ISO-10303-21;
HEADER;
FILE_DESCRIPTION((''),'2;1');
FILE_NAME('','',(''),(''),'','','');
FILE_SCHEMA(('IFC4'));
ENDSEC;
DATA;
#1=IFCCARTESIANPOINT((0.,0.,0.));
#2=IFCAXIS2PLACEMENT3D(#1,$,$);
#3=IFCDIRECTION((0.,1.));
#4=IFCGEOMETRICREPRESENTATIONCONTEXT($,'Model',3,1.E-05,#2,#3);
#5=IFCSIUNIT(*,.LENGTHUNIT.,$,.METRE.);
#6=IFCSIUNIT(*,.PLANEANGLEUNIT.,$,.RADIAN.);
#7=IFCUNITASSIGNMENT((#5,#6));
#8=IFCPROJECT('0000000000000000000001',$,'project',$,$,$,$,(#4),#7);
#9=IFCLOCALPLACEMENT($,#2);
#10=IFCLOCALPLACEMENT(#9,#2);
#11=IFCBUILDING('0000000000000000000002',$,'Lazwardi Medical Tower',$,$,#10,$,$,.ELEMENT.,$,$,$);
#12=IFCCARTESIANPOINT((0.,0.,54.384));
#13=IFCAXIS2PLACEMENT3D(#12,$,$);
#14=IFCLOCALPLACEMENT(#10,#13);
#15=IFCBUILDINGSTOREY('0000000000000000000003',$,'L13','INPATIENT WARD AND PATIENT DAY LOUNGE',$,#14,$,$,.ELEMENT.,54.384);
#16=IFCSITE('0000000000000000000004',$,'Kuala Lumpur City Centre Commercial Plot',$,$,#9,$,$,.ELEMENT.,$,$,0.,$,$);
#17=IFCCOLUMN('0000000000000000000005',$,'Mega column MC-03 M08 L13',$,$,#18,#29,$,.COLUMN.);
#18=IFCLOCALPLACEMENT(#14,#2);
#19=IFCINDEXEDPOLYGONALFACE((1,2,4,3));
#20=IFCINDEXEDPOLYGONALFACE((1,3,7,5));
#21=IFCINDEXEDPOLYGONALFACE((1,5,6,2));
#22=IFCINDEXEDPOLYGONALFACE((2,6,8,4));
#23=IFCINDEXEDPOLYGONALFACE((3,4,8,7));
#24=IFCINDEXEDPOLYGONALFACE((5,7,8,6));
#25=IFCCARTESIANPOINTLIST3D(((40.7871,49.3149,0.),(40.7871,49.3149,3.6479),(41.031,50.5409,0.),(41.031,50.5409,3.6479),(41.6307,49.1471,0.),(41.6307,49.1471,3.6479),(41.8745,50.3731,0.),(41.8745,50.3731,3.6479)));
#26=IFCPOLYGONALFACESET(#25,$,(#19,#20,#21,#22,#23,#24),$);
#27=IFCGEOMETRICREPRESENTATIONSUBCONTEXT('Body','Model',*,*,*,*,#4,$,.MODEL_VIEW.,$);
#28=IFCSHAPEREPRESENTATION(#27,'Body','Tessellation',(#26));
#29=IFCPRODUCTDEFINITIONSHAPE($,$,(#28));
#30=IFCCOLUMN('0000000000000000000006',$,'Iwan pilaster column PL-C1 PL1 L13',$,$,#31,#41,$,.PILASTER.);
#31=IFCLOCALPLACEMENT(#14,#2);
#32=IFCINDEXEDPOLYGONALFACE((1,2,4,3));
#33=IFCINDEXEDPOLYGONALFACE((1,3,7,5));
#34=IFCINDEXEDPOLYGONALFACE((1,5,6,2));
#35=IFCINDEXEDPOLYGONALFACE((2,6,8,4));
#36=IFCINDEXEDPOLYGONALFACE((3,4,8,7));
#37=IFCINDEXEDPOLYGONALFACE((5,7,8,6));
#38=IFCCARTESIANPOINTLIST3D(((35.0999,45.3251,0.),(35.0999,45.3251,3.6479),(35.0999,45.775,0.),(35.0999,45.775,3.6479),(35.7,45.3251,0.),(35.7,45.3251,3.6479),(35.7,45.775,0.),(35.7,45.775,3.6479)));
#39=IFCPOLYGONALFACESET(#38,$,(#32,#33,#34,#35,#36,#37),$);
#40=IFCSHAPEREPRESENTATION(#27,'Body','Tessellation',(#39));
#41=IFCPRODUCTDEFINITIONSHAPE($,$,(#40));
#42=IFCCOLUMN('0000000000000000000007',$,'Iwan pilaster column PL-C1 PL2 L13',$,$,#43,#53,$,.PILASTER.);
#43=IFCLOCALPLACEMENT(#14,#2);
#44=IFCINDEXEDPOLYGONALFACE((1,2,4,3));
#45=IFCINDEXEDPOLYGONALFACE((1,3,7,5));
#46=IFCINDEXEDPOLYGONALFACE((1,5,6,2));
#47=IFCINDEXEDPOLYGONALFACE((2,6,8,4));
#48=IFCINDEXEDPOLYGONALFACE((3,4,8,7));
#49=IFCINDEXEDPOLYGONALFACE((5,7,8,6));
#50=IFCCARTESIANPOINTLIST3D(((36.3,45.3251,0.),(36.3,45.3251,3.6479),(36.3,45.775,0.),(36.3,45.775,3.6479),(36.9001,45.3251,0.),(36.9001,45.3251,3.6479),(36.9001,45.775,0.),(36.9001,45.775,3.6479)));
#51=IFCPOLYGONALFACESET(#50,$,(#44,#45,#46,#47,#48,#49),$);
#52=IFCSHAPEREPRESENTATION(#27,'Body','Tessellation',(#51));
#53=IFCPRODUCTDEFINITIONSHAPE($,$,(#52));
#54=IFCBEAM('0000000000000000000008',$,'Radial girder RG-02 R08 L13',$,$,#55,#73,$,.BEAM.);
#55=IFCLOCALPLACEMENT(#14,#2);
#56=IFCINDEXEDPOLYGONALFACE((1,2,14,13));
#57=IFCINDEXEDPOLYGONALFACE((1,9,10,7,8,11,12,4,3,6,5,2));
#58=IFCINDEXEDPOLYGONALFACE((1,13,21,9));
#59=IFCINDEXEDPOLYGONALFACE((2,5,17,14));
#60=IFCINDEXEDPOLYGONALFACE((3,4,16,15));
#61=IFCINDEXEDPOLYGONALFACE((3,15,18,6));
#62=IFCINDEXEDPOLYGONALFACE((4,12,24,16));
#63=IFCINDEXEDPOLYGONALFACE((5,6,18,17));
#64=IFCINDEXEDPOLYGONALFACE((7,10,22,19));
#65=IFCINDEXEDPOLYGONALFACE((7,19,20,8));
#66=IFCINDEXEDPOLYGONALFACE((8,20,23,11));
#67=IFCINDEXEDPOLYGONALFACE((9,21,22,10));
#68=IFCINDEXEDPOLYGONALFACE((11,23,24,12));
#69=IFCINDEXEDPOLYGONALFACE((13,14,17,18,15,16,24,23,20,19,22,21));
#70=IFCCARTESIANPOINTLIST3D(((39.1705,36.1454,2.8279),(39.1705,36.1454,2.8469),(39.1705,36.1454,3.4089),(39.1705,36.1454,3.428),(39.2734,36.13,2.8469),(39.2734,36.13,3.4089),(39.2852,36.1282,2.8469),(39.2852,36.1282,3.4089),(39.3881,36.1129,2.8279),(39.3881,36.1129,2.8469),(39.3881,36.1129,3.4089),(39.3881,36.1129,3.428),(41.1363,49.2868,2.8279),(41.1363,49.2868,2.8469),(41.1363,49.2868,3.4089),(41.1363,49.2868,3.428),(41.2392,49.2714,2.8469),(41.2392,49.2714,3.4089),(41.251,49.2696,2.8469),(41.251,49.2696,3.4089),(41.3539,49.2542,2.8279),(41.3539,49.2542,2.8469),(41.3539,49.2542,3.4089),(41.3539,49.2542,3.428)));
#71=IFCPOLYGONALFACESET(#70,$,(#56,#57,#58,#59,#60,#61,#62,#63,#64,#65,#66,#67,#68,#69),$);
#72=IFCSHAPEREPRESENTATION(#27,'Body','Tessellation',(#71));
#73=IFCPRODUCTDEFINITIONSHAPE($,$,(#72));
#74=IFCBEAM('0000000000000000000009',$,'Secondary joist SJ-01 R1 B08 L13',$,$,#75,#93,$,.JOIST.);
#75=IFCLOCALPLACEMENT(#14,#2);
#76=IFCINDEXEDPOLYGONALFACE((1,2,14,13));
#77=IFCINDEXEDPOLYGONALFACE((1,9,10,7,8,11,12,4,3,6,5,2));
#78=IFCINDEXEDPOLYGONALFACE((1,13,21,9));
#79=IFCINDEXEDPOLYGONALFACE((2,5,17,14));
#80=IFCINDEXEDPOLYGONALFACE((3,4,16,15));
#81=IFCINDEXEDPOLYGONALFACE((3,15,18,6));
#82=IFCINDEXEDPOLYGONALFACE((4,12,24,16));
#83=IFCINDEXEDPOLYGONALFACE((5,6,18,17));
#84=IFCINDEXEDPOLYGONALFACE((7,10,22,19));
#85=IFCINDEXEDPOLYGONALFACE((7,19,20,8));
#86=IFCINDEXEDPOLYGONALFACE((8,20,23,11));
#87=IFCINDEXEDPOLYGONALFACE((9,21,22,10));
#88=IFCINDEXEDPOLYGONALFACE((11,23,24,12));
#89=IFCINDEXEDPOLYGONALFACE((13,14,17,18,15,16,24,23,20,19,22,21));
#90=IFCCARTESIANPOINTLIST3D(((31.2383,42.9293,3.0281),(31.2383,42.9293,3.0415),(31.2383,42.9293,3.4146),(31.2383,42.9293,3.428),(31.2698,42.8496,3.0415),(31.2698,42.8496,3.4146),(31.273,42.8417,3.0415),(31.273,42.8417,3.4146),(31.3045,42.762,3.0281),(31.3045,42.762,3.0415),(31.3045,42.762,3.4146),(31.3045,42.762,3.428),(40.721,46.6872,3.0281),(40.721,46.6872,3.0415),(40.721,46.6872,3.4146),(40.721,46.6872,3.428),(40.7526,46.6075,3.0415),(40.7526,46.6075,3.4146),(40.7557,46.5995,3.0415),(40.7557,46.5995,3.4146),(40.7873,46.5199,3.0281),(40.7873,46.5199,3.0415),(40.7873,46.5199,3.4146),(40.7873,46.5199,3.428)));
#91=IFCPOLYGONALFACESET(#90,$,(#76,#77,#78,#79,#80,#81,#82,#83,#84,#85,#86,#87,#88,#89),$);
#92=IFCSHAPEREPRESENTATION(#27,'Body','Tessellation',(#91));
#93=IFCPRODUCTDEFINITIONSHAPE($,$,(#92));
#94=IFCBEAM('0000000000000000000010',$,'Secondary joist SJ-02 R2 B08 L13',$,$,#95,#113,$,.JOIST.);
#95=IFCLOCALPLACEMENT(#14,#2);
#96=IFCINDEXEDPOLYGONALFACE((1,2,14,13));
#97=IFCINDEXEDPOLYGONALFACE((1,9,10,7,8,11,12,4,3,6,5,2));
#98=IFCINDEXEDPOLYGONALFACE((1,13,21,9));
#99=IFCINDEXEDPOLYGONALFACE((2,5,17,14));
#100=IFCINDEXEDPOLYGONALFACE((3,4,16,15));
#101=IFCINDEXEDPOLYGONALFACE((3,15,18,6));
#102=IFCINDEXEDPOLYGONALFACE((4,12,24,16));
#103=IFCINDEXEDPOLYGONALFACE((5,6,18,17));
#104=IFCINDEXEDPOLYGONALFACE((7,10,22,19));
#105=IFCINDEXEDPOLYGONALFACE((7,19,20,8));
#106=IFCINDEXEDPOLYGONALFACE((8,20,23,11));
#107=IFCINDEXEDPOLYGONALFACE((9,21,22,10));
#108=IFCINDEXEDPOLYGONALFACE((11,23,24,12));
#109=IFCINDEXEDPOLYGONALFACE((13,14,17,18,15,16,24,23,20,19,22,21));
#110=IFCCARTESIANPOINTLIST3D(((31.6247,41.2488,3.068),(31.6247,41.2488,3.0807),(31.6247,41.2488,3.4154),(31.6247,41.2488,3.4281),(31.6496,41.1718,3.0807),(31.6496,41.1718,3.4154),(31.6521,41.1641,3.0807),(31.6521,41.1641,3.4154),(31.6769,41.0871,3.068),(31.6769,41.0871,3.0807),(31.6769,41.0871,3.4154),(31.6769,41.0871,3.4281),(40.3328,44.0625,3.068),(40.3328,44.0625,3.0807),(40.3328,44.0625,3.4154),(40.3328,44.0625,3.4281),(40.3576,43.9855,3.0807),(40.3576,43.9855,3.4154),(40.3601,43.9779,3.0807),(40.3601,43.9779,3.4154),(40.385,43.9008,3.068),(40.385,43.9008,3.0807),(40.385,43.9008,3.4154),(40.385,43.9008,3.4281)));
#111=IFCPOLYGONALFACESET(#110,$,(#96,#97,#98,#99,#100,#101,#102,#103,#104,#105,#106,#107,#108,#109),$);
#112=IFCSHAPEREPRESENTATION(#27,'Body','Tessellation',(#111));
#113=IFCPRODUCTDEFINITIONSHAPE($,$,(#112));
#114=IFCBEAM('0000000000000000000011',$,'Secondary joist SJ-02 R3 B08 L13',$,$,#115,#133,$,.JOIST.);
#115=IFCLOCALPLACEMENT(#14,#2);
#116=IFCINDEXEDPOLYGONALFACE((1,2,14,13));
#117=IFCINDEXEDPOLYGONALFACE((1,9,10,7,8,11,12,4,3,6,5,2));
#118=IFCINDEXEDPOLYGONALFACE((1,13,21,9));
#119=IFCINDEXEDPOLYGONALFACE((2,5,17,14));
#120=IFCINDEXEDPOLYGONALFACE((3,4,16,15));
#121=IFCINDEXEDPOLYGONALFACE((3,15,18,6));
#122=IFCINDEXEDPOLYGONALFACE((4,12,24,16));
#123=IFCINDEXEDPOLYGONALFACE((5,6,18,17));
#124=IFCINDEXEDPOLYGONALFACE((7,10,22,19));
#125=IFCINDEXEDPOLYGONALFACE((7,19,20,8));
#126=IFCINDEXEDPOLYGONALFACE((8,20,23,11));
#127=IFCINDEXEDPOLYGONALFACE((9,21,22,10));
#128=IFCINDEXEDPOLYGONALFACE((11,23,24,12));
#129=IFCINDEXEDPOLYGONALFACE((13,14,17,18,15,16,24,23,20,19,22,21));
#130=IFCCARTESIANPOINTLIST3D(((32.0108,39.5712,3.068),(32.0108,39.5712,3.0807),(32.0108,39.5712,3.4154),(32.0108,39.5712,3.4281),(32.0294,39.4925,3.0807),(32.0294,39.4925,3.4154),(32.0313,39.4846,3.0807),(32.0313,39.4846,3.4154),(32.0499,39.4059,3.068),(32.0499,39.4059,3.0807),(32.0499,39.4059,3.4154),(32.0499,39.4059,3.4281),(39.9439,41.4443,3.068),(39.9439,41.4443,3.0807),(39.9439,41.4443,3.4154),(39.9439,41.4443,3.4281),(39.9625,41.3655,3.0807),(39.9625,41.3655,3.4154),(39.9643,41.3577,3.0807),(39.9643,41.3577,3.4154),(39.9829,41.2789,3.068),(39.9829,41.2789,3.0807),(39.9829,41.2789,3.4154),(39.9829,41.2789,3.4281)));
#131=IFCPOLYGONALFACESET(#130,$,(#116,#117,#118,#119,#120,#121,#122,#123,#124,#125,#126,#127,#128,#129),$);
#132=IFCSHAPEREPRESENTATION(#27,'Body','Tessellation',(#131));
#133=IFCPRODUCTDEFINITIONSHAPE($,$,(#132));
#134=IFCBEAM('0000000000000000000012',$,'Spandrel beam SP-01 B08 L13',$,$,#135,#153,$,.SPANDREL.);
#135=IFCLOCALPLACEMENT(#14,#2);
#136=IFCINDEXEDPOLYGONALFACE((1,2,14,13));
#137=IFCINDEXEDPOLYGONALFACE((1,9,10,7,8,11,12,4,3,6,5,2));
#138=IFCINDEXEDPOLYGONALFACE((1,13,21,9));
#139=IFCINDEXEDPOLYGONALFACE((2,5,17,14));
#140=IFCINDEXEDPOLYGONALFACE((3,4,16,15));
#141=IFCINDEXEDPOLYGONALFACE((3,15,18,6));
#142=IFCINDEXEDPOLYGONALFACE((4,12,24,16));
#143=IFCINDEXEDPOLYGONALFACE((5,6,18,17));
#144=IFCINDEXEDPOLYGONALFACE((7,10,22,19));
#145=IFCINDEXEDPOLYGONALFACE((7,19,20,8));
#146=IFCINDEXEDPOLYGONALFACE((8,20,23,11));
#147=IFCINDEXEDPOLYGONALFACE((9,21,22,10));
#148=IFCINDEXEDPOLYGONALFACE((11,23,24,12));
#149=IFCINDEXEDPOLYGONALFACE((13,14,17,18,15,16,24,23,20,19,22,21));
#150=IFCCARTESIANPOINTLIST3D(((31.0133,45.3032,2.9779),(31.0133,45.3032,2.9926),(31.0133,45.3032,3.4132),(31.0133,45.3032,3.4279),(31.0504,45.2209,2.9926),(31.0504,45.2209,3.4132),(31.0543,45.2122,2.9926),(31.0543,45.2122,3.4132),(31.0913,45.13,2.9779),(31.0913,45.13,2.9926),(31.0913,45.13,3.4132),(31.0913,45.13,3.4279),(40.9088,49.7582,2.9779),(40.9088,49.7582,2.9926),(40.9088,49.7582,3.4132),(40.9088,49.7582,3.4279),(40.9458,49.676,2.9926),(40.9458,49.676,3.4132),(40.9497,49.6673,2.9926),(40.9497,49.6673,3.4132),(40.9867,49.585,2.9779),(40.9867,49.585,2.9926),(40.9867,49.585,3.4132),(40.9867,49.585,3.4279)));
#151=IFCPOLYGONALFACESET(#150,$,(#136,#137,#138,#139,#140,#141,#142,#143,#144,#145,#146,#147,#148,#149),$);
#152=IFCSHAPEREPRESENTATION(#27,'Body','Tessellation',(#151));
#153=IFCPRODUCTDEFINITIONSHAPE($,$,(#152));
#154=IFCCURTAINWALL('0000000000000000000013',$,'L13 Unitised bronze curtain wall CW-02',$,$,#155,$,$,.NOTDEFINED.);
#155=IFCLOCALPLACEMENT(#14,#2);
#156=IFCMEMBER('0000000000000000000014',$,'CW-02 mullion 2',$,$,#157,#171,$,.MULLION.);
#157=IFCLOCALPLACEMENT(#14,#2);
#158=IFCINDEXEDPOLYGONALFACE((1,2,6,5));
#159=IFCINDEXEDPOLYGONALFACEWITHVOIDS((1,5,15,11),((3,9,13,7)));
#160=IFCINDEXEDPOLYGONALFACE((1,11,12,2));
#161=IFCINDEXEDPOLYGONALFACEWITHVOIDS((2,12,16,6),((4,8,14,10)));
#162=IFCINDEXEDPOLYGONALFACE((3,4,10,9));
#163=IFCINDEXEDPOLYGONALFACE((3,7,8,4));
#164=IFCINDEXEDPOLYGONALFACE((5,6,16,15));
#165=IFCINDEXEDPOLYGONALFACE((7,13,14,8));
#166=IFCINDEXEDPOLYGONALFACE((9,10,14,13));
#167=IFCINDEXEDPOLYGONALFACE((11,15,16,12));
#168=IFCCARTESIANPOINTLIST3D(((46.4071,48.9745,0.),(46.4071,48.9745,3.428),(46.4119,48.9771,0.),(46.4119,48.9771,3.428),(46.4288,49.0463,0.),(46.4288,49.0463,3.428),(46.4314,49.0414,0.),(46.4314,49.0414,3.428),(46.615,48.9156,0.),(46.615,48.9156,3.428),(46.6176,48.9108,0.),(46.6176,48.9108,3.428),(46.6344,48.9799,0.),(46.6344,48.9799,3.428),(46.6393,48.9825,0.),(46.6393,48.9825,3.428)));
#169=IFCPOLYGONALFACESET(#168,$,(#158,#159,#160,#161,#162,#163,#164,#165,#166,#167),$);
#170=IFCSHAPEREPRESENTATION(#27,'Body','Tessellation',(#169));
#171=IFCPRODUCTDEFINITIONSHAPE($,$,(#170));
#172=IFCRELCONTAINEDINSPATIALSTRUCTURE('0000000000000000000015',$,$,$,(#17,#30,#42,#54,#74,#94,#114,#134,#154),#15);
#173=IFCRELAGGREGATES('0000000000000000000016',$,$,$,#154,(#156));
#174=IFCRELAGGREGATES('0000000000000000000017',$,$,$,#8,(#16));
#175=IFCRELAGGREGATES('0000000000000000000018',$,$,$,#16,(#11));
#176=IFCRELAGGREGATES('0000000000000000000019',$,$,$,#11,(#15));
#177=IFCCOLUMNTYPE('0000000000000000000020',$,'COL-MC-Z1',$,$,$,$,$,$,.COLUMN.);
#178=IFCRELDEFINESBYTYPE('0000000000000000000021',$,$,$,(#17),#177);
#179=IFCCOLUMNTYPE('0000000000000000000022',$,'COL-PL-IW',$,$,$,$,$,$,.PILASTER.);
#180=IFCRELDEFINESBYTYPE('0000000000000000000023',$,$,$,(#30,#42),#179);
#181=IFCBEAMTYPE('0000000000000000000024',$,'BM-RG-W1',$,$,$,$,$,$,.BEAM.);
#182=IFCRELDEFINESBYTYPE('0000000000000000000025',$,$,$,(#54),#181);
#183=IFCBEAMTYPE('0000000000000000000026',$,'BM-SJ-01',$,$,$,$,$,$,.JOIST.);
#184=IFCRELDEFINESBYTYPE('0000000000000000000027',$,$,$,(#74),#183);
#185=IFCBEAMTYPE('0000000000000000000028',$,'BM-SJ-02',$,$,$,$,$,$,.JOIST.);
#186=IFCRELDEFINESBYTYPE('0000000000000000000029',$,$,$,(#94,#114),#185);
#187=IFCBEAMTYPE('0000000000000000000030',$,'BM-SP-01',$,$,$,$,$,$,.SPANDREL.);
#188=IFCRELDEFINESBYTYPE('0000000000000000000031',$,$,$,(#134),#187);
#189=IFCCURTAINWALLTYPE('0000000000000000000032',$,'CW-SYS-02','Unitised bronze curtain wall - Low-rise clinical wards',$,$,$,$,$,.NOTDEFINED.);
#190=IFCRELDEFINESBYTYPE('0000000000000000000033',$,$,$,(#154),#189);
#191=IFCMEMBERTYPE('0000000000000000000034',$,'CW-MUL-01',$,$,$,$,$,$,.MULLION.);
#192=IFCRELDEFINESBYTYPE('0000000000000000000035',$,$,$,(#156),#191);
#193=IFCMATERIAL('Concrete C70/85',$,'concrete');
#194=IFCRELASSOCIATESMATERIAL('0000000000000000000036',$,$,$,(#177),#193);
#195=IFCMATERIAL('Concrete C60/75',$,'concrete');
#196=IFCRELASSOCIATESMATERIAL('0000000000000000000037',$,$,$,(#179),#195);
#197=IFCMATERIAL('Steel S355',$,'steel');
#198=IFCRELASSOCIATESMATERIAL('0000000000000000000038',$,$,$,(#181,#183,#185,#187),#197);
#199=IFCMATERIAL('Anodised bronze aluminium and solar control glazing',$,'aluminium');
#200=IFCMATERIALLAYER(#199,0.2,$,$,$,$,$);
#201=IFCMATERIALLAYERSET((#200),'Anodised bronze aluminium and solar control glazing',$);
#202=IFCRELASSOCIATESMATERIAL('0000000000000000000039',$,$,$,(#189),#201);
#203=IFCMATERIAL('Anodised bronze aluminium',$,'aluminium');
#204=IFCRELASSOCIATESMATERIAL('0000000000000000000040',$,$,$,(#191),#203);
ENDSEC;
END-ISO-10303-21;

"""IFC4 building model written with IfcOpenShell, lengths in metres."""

from ifc_helpers import new_model, si_unit, direction, frame, origin, origin_2d, place, context, subcontext, project, spatial, rectangle, hollow_rectangle, i_section, extrude, material, layer, layer_set, material_profile, profile_set, type_object, element, aggregate, save


model = new_model("IFC4")

# Units and contexts
model_context = context("Model", 3, precision=1e-05, world=origin(), true_north=direction((0.0, 1.0)))
body_context = subcontext(model_context, "Body", "Model", "MODEL_VIEW")
ifc_project = project(units=[si_unit("LENGTHUNIT", "METRE"), si_unit("PLANEANGLEUNIT", "RADIAN")], contexts=[model_context])

# Site, building, storey
site_placement = place(None, origin())
site = spatial("IfcSite", under=ifc_project, at=site_placement, Name="Kuala Lumpur City Centre Commercial Plot", CompositionType="ELEMENT", RefElevation=0.0)
building_placement = place(site_placement, origin())
building = spatial("IfcBuilding", under=site, at=building_placement, Name="Lazwardi Medical Tower", CompositionType="ELEMENT")
storey_placement = place(building_placement, frame((0.0, 0.0, 54.384)))
storey = spatial("IfcBuildingStorey", under=building, at=storey_placement, Name="L13", Description="INPATIENT WARD AND PATIENT DAY LOUNGE", CompositionType="ELEMENT", Elevation=54.384)

# Columns
ifc_material_1 = material(Name="Concrete C70/85", Category="concrete")
ifc_material_profile_1 = material_profile(ifc_material_1, rectangle(XDim=1.25, YDim=0.8601, at=origin_2d()), Name="CFT-RECT 1250x860")
ifc_profile_set_1 = profile_set([ifc_material_profile_1], Name="Concrete C70/85")
column_type_1 = type_object("IfcColumnType", Name="COL-MC-Z1", PredefinedType="COLUMN", material=ifc_profile_set_1)
column_placement = place(storey_placement, frame((41.3308, 49.844, 0.0), z_axis=(0.0, 0.0, 1.0), x_axis=(0.19509, 0.980785, 0.0)))
element("IfcColumn", 1, at=column_placement, inside=storey, type_object=column_type_1, Name="Mega column MC-03 M08 L13", PredefinedType="COLUMN", context=body_context, shape_type="SweptSolid", body=[
    extrude(rectangle(XDim=1.25, YDim=0.8601, at=origin_2d()), origin(), (0.0, 0.0, 1.0), 3.6479),
])
ifc_material_2 = material(Name="Concrete C60/75", Category="concrete")
ifc_material_profile_2 = material_profile(ifc_material_2, rectangle(XDim=0.6001, YDim=0.45, at=origin_2d()), Name="RC 600x450")
ifc_profile_set_2 = profile_set([ifc_material_profile_2], Name="Concrete C60/75")
column_type_2 = type_object("IfcColumnType", Name="COL-PL-IW", PredefinedType="PILASTER", material=ifc_profile_set_2)
for number, where, z_axis, x_axis, name in (
    (2, (35.3999, 45.55, 0.0), (0.0, 0.0, 1.0), (1.0, 0.0, 0.0), "Iwan pilaster column PL-C1 PL1 L13"),
    (3, (36.6001, 45.55, 0.0), (0.0, 0.0, 1.0), (1.0, 0.0, 0.0), "Iwan pilaster column PL-C1 PL2 L13"),
):
    element("IfcColumn", number, at=place(storey_placement, frame(where, z_axis=z_axis, x_axis=x_axis)), inside=storey, type_object=column_type_2, Name=name, PredefinedType="PILASTER", context=body_context, shape_type="SweptSolid", body=[
        extrude(rectangle(XDim=0.6001, YDim=0.45, at=origin_2d()), origin(), (0.0, 0.0, 1.0), 3.6479),
    ])

# Beams
ifc_material_3 = material(Name="Steel S355", Category="steel")
ifc_material_profile_3 = material_profile(ifc_material_3, i_section(OverallWidth=0.22, OverallDepth=0.6001, WebThickness=0.012, FlangeThickness=0.019, at=origin_2d()), Name="IPE 600")
ifc_profile_set_3 = profile_set([ifc_material_profile_3], Name="Steel S355")
beam_type_1 = type_object("IfcBeamType", Name="BM-RG-W1", PredefinedType="BEAM", material=ifc_profile_set_3)
beam_1_placement = place(storey_placement, frame((41.2451, 49.2705, 3.1279), z_axis=(-0.147944, -0.988996, 0.0), x_axis=(0.988996, -0.147944, 0.0)))
element("IfcBeam", 4, at=beam_1_placement, inside=storey, type_object=beam_type_1, Name="Radial girder RG-02 R08 L13", PredefinedType="BEAM", context=body_context, shape_type="SweptSolid", body=[
    extrude(i_section(OverallWidth=0.22, OverallDepth=0.6001, WebThickness=0.012, FlangeThickness=0.019, at=origin_2d()), origin(), (0.0, 0.0, 1.0), 13.2876),
])
ifc_material_profile_4 = material_profile(ifc_material_3, i_section(OverallWidth=0.1799, OverallDepth=0.3999, WebThickness=0.0085, FlangeThickness=0.0134, at=origin_2d()), Name="IPE 400")
ifc_profile_set_4 = profile_set([ifc_material_profile_4], Name="Steel S355")
beam_type_2 = type_object("IfcBeamType", Name="BM-SJ-01", PredefinedType="JOIST", material=ifc_profile_set_4)
beam_2_placement = place(storey_placement, frame((40.7542, 46.6035, 3.228), z_axis=(-0.929664, -0.368409, 0.0), x_axis=(0.368409, -0.929664, 0.0)))
element("IfcBeam", 5, at=beam_2_placement, inside=storey, type_object=beam_type_2, Name="Secondary joist SJ-01 R1 B08 L13", PredefinedType="JOIST", context=body_context, shape_type="SweptSolid", body=[
    extrude(i_section(OverallWidth=0.1799, OverallDepth=0.3999, WebThickness=0.0085, FlangeThickness=0.0134, at=origin_2d()), origin(), (0.0, 0.0, 1.0), 10.2002),
])
ifc_material_profile_5 = material_profile(ifc_material_3, i_section(OverallWidth=0.1699, OverallDepth=0.3601, WebThickness=0.0081, FlangeThickness=0.0127, at=origin_2d()), Name="IPE 360")
ifc_profile_set_5 = profile_set([ifc_material_profile_5], Name="Steel S355")
beam_type_3 = type_object("IfcBeamType", Name="BM-SJ-02", PredefinedType="JOIST", material=ifc_profile_set_5)
beam_3_placement = place(storey_placement, frame((40.3589, 43.9817, 3.248), z_axis=(-0.951559, -0.307467, 0.0), x_axis=(0.307467, -0.951559, 0.0)))
element("IfcBeam", 6, at=beam_3_placement, inside=storey, type_object=beam_type_3, Name="Secondary joist SJ-02 R2 B08 L13", PredefinedType="JOIST", context=body_context, shape_type="SweptSolid", body=[
    extrude(i_section(OverallWidth=0.1699, OverallDepth=0.3601, WebThickness=0.0081, FlangeThickness=0.0127, at=origin_2d()), origin(), (0.0, 0.0, 1.0), 9.1514),
])
beam_4_placement = place(storey_placement, frame((39.9634, 41.3616, 3.248), z_axis=(-0.973241, -0.229787, 0.0), x_axis=(0.229787, -0.973241, 0.0)))
element("IfcBeam", 7, at=beam_4_placement, inside=storey, type_object=beam_type_3, Name="Secondary joist SJ-02 R3 B08 L13", PredefinedType="JOIST", context=body_context, shape_type="SweptSolid", body=[
    extrude(i_section(OverallWidth=0.1699, OverallDepth=0.3601, WebThickness=0.0081, FlangeThickness=0.0127, at=origin_2d()), origin(), (0.0, 0.0, 1.0), 8.1511),
])
ifc_material_profile_6 = material_profile(ifc_material_3, i_section(OverallWidth=0.1899, OverallDepth=0.45, WebThickness=0.0095, FlangeThickness=0.0146, at=origin_2d()), Name="IPE 450")
ifc_profile_set_6 = profile_set([ifc_material_profile_6], Name="Steel S355")
beam_type_4 = type_object("IfcBeamType", Name="BM-SP-01", PredefinedType="SPANDREL", material=ifc_profile_set_6)
beam_5_placement = place(storey_placement, frame((40.9478, 49.6716, 3.2029), z_axis=(-0.911849, -0.410526, 0.0), x_axis=(0.410526, -0.911849, 0.0)))
element("IfcBeam", 8, at=beam_5_placement, inside=storey, type_object=beam_type_4, Name="Spandrel beam SP-01 B08 L13", PredefinedType="SPANDREL", context=body_context, shape_type="SweptSolid", body=[
    extrude(i_section(OverallWidth=0.1899, OverallDepth=0.45, WebThickness=0.0095, FlangeThickness=0.0146, at=origin_2d()), origin(), (0.0, 0.0, 1.0), 10.8521),
])

# Curtain wall, member
ifc_material_4 = material(Name="Anodised bronze aluminium and solar control glazing", Category="aluminium")
ifc_layer_1 = layer(ifc_material_4, 0.2)
ifc_layer_set_1 = layer_set([ifc_layer_1], Name="Anodised bronze aluminium and solar control glazing")
curtain_wall_type = type_object("IfcCurtainWallType", Name="CW-SYS-02", Description="Unitised bronze curtain wall - Low-rise clinical wards", PredefinedType="NOTDEFINED", material=ifc_layer_set_1)
curtain_wall_placement = place(storey_placement, origin())
curtain_wall = element("IfcCurtainWall", 9, at=curtain_wall_placement, inside=storey, type_object=curtain_wall_type, Name="L13 Unitised bronze curtain wall CW-02", PredefinedType="NOTDEFINED")
ifc_material_5 = material(Name="Anodised bronze aluminium", Category="aluminium")
ifc_material_profile_7 = material_profile(ifc_material_5, hollow_rectangle(XDim=0.075, YDim=0.22, WallThickness=0.0039, at=origin_2d()), Name="ALU-MULLION 220x75x4")
ifc_profile_set_7 = profile_set([ifc_material_profile_7], Name="Anodised bronze aluminium")
member_type_1 = type_object("IfcMemberType", Name="CW-MUL-01", PredefinedType="MULLION", material=ifc_profile_set_7)
member_1_placement = place(storey_placement, frame((46.5232, 48.9785, 0.0), z_axis=(0.0, 0.0, 1.0), x_axis=(-0.289896, -0.957058, 0.0)))
member_1 = element("IfcMember", 10, at=member_1_placement, type_object=member_type_1, Name="CW-02 mullion 2", PredefinedType="MULLION", context=body_context, shape_type="SweptSolid", body=[
    extrude(hollow_rectangle(XDim=0.075, YDim=0.22, WallThickness=0.0039, at=origin_2d()), origin(), (0.0, 0.0, 1.0), 3.428),
])
aggregate(curtain_wall, [member_1])

save(model, "model.ifc")
